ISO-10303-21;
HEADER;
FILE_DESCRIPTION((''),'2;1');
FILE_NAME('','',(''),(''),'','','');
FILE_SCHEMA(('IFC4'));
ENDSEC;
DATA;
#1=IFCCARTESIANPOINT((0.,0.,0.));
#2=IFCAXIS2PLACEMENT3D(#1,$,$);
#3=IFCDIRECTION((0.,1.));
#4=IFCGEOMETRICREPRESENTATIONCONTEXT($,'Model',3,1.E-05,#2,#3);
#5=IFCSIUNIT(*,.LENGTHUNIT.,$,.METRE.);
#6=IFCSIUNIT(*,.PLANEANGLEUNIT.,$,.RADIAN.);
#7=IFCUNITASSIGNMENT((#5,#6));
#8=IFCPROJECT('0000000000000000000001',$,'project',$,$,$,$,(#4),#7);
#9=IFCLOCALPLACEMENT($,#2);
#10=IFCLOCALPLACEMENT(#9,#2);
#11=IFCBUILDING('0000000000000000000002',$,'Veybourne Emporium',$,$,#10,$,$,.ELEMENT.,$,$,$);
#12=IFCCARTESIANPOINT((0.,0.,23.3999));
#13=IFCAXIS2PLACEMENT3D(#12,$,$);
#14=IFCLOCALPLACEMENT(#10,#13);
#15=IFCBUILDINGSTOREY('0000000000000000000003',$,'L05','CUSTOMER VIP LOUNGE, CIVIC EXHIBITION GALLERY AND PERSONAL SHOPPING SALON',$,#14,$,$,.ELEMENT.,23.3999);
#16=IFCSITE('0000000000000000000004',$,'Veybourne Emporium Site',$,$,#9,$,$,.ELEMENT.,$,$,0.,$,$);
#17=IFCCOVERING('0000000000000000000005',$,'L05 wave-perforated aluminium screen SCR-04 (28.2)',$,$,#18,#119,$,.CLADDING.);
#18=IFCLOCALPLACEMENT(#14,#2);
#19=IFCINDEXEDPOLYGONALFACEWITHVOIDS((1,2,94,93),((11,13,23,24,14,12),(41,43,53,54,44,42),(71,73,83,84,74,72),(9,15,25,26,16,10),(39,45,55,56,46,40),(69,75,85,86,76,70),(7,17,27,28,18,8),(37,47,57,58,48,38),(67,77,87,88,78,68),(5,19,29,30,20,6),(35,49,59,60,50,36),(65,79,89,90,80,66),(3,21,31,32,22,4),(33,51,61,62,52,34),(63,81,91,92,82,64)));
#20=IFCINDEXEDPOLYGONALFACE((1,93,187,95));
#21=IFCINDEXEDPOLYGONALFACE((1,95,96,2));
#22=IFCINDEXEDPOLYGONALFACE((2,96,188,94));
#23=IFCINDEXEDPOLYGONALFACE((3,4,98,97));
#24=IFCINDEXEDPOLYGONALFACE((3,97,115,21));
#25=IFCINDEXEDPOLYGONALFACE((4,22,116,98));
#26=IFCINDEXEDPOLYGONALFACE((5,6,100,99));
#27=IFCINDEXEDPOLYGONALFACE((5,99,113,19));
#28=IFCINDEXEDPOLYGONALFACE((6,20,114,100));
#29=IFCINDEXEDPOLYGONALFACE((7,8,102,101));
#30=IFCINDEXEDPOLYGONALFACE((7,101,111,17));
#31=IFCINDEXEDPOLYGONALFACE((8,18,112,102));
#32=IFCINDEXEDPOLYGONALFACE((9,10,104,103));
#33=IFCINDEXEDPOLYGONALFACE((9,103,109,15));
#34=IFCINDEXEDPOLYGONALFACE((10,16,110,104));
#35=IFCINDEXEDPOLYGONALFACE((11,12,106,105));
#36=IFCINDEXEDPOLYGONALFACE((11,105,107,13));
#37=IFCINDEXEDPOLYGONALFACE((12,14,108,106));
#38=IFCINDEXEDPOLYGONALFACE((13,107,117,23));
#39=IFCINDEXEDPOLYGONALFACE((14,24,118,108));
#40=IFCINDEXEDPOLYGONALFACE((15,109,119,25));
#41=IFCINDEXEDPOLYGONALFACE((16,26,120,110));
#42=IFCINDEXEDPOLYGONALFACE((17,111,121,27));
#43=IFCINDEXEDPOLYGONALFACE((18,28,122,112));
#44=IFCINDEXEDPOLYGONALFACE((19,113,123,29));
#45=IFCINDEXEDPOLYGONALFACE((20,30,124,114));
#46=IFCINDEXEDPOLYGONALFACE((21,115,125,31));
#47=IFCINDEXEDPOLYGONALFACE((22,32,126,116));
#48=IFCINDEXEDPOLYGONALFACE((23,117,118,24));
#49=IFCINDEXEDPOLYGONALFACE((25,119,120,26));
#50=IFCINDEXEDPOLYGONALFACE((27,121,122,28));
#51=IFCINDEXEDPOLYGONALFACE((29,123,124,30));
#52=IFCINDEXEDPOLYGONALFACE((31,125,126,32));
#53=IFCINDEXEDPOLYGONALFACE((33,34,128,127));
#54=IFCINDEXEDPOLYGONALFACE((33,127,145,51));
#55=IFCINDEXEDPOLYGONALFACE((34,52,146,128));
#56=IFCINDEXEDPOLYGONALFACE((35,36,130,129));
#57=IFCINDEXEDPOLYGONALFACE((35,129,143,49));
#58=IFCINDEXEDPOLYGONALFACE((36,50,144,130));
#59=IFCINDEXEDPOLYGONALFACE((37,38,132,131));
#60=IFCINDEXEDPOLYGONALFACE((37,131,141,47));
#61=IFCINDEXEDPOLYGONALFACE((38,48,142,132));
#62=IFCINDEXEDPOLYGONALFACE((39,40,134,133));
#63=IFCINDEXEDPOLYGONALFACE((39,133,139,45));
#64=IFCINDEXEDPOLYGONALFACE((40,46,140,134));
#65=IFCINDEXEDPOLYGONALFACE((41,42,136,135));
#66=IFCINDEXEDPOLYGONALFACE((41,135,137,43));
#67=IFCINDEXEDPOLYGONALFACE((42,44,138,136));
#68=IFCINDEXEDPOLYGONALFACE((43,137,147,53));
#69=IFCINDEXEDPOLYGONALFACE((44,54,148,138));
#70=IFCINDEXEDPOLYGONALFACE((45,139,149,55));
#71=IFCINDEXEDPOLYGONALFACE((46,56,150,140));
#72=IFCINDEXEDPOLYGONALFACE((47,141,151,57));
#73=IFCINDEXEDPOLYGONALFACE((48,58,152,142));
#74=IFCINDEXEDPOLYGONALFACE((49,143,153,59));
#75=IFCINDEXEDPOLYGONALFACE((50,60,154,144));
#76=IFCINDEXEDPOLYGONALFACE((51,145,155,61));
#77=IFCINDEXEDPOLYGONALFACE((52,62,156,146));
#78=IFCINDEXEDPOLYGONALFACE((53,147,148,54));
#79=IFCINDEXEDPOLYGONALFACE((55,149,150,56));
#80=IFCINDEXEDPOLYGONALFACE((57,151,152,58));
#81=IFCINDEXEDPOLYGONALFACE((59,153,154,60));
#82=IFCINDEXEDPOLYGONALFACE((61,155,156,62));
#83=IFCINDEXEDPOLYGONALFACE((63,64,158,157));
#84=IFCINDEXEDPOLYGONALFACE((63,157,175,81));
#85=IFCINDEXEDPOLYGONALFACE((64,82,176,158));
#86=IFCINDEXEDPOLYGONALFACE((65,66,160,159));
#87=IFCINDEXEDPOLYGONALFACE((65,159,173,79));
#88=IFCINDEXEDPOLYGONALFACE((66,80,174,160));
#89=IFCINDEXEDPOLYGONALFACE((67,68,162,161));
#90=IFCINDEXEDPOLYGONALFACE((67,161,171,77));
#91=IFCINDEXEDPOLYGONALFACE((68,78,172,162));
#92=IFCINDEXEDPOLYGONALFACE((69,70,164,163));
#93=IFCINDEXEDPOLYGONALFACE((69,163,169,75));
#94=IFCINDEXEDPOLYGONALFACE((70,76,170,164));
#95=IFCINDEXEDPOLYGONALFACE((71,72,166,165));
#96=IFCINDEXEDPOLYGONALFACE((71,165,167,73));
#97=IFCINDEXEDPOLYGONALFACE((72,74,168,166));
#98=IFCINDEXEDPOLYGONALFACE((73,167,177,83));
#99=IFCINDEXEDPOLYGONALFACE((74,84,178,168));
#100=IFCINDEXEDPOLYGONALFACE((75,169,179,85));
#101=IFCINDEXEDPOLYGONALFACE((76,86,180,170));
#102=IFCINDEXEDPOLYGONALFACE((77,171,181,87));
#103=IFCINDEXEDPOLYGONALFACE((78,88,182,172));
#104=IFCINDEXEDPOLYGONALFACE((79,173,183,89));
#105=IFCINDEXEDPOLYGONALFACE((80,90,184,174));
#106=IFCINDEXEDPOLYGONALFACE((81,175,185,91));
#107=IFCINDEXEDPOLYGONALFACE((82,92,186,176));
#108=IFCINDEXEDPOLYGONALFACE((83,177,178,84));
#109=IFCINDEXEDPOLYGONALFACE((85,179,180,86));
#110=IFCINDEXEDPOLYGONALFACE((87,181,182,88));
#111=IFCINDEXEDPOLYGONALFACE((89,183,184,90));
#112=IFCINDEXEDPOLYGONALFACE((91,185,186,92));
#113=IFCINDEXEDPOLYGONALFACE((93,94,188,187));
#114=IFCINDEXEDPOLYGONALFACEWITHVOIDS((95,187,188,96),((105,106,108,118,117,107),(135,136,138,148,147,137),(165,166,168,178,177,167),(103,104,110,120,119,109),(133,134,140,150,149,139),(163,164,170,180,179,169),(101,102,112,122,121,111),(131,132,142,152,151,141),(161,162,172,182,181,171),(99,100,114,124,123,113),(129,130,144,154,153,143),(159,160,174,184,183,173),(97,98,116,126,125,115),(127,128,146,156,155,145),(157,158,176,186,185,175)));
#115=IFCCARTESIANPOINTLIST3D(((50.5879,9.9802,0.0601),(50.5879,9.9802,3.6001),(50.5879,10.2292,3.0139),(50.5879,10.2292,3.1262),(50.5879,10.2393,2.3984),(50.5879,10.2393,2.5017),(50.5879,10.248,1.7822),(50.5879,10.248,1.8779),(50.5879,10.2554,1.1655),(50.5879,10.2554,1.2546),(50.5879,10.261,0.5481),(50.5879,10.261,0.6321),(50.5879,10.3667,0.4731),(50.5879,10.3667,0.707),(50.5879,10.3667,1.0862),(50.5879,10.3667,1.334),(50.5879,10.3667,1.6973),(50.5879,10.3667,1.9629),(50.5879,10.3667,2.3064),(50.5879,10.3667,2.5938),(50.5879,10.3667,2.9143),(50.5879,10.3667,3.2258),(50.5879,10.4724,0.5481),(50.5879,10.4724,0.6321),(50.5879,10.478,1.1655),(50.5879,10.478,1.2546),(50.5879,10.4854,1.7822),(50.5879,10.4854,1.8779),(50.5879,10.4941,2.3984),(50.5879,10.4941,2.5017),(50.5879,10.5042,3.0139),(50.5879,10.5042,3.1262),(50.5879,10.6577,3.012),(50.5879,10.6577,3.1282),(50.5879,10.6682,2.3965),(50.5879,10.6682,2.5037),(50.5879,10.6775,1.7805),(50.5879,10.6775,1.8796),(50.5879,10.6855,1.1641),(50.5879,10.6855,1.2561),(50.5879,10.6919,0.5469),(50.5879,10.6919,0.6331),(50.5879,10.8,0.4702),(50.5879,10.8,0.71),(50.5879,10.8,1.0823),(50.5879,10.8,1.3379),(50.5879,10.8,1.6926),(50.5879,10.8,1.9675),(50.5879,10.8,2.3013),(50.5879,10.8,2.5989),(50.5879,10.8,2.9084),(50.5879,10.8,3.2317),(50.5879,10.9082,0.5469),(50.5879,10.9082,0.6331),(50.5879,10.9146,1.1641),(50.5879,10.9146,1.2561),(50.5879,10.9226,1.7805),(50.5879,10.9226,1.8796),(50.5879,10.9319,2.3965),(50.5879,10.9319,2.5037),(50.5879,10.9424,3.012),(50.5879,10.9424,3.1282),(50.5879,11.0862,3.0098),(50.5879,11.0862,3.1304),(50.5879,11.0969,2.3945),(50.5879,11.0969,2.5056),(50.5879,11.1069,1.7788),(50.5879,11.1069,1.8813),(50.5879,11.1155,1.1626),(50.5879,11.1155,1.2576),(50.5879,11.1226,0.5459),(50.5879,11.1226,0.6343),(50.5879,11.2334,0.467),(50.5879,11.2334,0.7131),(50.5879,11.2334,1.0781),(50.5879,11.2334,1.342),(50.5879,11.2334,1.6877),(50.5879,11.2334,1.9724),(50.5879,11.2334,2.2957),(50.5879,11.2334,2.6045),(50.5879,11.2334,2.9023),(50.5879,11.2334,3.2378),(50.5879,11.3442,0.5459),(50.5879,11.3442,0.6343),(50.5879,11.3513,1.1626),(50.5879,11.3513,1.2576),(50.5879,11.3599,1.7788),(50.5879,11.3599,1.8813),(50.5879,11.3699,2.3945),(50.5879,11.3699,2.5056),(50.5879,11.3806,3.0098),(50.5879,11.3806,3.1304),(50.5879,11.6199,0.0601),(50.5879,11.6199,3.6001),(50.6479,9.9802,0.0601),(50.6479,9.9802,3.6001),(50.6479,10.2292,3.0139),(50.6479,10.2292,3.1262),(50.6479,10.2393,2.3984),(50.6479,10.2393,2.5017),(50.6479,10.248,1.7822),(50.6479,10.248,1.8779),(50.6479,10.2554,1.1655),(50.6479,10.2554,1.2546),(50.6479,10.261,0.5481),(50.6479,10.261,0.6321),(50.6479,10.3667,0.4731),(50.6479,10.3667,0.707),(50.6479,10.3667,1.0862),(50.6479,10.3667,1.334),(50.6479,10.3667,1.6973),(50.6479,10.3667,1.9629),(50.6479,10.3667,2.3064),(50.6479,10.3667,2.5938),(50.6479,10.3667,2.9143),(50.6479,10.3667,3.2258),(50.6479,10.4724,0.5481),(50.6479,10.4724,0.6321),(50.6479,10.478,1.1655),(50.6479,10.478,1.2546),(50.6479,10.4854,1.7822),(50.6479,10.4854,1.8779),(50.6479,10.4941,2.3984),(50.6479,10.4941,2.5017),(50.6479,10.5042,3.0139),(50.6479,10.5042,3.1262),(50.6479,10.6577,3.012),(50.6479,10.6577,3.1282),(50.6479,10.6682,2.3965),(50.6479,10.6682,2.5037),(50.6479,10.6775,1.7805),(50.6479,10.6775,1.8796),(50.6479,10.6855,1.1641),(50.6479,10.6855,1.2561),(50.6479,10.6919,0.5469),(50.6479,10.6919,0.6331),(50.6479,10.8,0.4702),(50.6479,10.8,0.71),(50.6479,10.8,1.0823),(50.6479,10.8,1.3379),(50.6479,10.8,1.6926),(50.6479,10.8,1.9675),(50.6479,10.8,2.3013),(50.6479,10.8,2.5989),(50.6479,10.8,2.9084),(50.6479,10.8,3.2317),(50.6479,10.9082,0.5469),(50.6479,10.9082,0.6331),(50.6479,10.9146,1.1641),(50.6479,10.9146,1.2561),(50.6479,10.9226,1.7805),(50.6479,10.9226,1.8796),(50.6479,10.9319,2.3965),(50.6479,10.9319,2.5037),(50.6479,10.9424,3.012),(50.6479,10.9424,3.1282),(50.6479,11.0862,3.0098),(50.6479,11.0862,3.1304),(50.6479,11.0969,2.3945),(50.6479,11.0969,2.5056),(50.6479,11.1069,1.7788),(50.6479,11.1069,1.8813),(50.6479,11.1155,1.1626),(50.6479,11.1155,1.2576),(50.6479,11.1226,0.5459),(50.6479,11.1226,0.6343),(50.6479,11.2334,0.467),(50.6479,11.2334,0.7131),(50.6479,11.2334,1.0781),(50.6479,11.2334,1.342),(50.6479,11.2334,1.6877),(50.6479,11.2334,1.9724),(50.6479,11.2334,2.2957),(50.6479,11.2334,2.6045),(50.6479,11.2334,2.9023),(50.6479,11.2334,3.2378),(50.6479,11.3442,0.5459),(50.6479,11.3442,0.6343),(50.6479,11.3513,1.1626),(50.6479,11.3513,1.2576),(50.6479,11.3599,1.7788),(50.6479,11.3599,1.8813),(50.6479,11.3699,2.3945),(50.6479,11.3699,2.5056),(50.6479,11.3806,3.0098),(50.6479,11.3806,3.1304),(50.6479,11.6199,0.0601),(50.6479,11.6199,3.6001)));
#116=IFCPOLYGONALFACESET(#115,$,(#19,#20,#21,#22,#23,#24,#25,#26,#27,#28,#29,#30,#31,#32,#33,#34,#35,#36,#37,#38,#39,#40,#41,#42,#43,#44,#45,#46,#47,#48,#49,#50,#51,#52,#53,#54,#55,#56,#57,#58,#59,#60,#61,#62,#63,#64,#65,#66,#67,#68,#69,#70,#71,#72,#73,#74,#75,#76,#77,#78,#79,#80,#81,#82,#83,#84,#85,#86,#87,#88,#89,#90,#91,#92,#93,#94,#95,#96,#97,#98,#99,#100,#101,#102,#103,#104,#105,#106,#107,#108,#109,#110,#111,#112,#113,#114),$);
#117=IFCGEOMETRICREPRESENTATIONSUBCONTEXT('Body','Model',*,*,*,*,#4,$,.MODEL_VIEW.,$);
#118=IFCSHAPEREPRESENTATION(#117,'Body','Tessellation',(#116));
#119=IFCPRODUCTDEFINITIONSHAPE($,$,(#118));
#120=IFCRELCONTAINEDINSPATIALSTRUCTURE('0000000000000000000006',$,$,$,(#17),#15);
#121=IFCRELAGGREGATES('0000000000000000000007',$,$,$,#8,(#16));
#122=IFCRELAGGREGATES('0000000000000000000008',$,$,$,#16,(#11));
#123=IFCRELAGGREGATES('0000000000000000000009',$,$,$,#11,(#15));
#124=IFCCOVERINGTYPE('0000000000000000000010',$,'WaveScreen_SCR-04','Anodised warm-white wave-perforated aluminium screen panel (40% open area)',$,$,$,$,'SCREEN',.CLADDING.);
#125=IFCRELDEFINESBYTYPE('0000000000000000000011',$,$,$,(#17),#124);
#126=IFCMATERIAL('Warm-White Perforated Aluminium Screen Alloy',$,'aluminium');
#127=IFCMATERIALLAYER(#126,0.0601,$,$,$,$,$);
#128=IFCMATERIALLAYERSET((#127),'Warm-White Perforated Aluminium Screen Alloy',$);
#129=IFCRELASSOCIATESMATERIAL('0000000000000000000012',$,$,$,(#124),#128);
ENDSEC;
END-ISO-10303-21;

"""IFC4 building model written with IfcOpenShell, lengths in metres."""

from ifc_helpers import new_model, si_unit, direction, frame, origin, place, context, subcontext, project, spatial, polyline, outline, extrude, material, layer, layer_set, type_object, element, save


model = new_model("IFC4")

# Units and contexts
model_context = context("Model", 3, precision=1e-05, world=origin(), true_north=direction((0.0, 1.0)))
body_context = subcontext(model_context, "Body", "Model", "MODEL_VIEW")
ifc_project = project(units=[si_unit("LENGTHUNIT", "METRE"), si_unit("PLANEANGLEUNIT", "RADIAN")], contexts=[model_context])

# Site, building, storey
site_placement = place(None, origin())
site = spatial("IfcSite", under=ifc_project, at=site_placement, Name="Veybourne Emporium Site", CompositionType="ELEMENT", RefElevation=0.0)
building_placement = place(site_placement, origin())
building = spatial("IfcBuilding", under=site, at=building_placement, Name="Veybourne Emporium", CompositionType="ELEMENT")
storey_placement = place(building_placement, frame((0.0, 0.0, 23.3999)))
storey = spatial("IfcBuildingStorey", under=building, at=storey_placement, Name="L05", Description="CUSTOMER VIP LOUNGE, CIVIC EXHIBITION GALLERY AND PERSONAL SHOPPING SALON", CompositionType="ELEMENT", Elevation=23.3999)

# Covering
ifc_material_1 = material(Name="Warm-White Perforated Aluminium Screen Alloy", Category="aluminium")
ifc_layer_1 = layer(ifc_material_1, 0.0601)
ifc_layer_set_1 = layer_set([ifc_layer_1], Name="Warm-White Perforated Aluminium Screen Alloy")
covering_type_1 = type_object("IfcCoveringType", Name="WaveScreen_SCR-04", Description="Anodised warm-white wave-perforated aluminium screen panel (40% open area)", ElementType="SCREEN", PredefinedType="CLADDING", material=ifc_layer_set_1)
covering_1_placement = place(storey_placement, frame((50.6479, 10.8, 1.8301), z_axis=(-1.0, 0.0, 0.0), x_axis=(0.0, -1.0, 0.0)))
element("IfcCovering", 1, at=covering_1_placement, inside=storey, type_object=covering_type_1, Name="L05 wave-perforated aluminium screen SCR-04 (28.2)", PredefinedType="CLADDING", context=body_context, shape_type="SweptSolid", body=[
    extrude(outline(polyline([(-0.8198, -1.77), (0.8198, -1.77), (0.8198, 1.77), (-0.8198, 1.77), (-0.8198, -1.77)]), holes=[polyline([(-0.4333, -1.1169), (-0.3225, -1.1958), (-0.3225, -1.2842), (-0.4333, -1.363), (-0.5442, -1.2842), (-0.5442, -1.1958), (-0.4333, -1.1169)]), polyline([(-0.4333, -0.488), (-0.3154, -0.5725), (-0.3154, -0.6675), (-0.4333, -0.752), (-0.5513, -0.6675), (-0.5513, -0.5725), (-0.4333, -0.488)]), polyline([(-0.4333, 0.1423), (-0.3069, 0.0513), (-0.3069, -0.0513), (-0.4333, -0.1423), (-0.5598, -0.0513), (-0.5598, 0.0513), (-0.4333, 0.1423)]), polyline([(-0.4333, 0.7744), (-0.2969, 0.6755), (-0.2969, 0.5645), (-0.4333, 0.4656), (-0.5698, 0.5645), (-0.5698, 0.6755), (-0.4333, 0.7744)]), polyline([(-0.4333, 1.4077), (-0.2861, 1.3003), (-0.2861, 1.1797), (-0.4333, 1.0723), (-0.5806, 1.1797), (-0.5806, 1.3003), (-0.4333, 1.4077)]), polyline([(0.0, -1.1201), (0.1082, -1.197), (0.1082, -1.2832), (0.0, -1.3599), (-0.1082, -1.2832), (-0.1082, -1.197), (0.0, -1.1201)]), polyline([(0.0, -0.4922), (0.1145, -0.574), (0.1145, -0.666), (0.0, -0.7478), (-0.1145, -0.666), (-0.1145, -0.574), (0.0, -0.4922)]), polyline([(0.0, 0.1375), (0.1226, 0.0496), (0.1226, -0.0496), (0.0, -0.1375), (-0.1226, -0.0496), (-0.1226, 0.0496), (0.0, 0.1375)]), polyline([(0.0, 0.7688), (0.1318, 0.6736), (0.1318, 0.5664), (0.0, 0.4712), (-0.1318, 0.5664), (-0.1318, 0.6736), (0.0, 0.7688)]), polyline([(0.0, 1.4016), (0.1423, 1.2981), (0.1423, 1.1819), (0.0, 1.0784), (-0.1423, 1.1819), (-0.1423, 1.2981), (0.0, 1.4016)]), polyline([(0.4333, -1.123), (0.5391, -1.198), (0.5391, -1.282), (0.4333, -1.3569), (0.3276, -1.282), (0.3276, -1.198), (0.4333, -1.123)]), polyline([(0.4333, -0.4961), (0.5447, -0.5754), (0.5447, -0.6646), (0.4333, -0.7439), (0.322, -0.6646), (0.322, -0.5754), (0.4333, -0.4961)]), polyline([(0.4333, 0.1328), (0.552, 0.0479), (0.552, -0.0479), (0.4333, -0.1328), (0.3147, -0.0479), (0.3147, 0.0479), (0.4333, 0.1328)]), polyline([(0.4333, 0.7637), (0.5608, 0.6716), (0.5608, 0.5684), (0.4333, 0.4763), (0.3059, 0.5684), (0.3059, 0.6716), (0.4333, 0.7637)]), polyline([(0.4333, 1.3958), (0.5708, 1.2961), (0.5708, 1.1838), (0.4333, 1.0842), (0.2959, 1.1838), (0.2959, 1.2961), (0.4333, 1.3958)])]), origin(), (0.0, 0.0, 1.0), 0.0601),
])

save(model, "model.ifc")
